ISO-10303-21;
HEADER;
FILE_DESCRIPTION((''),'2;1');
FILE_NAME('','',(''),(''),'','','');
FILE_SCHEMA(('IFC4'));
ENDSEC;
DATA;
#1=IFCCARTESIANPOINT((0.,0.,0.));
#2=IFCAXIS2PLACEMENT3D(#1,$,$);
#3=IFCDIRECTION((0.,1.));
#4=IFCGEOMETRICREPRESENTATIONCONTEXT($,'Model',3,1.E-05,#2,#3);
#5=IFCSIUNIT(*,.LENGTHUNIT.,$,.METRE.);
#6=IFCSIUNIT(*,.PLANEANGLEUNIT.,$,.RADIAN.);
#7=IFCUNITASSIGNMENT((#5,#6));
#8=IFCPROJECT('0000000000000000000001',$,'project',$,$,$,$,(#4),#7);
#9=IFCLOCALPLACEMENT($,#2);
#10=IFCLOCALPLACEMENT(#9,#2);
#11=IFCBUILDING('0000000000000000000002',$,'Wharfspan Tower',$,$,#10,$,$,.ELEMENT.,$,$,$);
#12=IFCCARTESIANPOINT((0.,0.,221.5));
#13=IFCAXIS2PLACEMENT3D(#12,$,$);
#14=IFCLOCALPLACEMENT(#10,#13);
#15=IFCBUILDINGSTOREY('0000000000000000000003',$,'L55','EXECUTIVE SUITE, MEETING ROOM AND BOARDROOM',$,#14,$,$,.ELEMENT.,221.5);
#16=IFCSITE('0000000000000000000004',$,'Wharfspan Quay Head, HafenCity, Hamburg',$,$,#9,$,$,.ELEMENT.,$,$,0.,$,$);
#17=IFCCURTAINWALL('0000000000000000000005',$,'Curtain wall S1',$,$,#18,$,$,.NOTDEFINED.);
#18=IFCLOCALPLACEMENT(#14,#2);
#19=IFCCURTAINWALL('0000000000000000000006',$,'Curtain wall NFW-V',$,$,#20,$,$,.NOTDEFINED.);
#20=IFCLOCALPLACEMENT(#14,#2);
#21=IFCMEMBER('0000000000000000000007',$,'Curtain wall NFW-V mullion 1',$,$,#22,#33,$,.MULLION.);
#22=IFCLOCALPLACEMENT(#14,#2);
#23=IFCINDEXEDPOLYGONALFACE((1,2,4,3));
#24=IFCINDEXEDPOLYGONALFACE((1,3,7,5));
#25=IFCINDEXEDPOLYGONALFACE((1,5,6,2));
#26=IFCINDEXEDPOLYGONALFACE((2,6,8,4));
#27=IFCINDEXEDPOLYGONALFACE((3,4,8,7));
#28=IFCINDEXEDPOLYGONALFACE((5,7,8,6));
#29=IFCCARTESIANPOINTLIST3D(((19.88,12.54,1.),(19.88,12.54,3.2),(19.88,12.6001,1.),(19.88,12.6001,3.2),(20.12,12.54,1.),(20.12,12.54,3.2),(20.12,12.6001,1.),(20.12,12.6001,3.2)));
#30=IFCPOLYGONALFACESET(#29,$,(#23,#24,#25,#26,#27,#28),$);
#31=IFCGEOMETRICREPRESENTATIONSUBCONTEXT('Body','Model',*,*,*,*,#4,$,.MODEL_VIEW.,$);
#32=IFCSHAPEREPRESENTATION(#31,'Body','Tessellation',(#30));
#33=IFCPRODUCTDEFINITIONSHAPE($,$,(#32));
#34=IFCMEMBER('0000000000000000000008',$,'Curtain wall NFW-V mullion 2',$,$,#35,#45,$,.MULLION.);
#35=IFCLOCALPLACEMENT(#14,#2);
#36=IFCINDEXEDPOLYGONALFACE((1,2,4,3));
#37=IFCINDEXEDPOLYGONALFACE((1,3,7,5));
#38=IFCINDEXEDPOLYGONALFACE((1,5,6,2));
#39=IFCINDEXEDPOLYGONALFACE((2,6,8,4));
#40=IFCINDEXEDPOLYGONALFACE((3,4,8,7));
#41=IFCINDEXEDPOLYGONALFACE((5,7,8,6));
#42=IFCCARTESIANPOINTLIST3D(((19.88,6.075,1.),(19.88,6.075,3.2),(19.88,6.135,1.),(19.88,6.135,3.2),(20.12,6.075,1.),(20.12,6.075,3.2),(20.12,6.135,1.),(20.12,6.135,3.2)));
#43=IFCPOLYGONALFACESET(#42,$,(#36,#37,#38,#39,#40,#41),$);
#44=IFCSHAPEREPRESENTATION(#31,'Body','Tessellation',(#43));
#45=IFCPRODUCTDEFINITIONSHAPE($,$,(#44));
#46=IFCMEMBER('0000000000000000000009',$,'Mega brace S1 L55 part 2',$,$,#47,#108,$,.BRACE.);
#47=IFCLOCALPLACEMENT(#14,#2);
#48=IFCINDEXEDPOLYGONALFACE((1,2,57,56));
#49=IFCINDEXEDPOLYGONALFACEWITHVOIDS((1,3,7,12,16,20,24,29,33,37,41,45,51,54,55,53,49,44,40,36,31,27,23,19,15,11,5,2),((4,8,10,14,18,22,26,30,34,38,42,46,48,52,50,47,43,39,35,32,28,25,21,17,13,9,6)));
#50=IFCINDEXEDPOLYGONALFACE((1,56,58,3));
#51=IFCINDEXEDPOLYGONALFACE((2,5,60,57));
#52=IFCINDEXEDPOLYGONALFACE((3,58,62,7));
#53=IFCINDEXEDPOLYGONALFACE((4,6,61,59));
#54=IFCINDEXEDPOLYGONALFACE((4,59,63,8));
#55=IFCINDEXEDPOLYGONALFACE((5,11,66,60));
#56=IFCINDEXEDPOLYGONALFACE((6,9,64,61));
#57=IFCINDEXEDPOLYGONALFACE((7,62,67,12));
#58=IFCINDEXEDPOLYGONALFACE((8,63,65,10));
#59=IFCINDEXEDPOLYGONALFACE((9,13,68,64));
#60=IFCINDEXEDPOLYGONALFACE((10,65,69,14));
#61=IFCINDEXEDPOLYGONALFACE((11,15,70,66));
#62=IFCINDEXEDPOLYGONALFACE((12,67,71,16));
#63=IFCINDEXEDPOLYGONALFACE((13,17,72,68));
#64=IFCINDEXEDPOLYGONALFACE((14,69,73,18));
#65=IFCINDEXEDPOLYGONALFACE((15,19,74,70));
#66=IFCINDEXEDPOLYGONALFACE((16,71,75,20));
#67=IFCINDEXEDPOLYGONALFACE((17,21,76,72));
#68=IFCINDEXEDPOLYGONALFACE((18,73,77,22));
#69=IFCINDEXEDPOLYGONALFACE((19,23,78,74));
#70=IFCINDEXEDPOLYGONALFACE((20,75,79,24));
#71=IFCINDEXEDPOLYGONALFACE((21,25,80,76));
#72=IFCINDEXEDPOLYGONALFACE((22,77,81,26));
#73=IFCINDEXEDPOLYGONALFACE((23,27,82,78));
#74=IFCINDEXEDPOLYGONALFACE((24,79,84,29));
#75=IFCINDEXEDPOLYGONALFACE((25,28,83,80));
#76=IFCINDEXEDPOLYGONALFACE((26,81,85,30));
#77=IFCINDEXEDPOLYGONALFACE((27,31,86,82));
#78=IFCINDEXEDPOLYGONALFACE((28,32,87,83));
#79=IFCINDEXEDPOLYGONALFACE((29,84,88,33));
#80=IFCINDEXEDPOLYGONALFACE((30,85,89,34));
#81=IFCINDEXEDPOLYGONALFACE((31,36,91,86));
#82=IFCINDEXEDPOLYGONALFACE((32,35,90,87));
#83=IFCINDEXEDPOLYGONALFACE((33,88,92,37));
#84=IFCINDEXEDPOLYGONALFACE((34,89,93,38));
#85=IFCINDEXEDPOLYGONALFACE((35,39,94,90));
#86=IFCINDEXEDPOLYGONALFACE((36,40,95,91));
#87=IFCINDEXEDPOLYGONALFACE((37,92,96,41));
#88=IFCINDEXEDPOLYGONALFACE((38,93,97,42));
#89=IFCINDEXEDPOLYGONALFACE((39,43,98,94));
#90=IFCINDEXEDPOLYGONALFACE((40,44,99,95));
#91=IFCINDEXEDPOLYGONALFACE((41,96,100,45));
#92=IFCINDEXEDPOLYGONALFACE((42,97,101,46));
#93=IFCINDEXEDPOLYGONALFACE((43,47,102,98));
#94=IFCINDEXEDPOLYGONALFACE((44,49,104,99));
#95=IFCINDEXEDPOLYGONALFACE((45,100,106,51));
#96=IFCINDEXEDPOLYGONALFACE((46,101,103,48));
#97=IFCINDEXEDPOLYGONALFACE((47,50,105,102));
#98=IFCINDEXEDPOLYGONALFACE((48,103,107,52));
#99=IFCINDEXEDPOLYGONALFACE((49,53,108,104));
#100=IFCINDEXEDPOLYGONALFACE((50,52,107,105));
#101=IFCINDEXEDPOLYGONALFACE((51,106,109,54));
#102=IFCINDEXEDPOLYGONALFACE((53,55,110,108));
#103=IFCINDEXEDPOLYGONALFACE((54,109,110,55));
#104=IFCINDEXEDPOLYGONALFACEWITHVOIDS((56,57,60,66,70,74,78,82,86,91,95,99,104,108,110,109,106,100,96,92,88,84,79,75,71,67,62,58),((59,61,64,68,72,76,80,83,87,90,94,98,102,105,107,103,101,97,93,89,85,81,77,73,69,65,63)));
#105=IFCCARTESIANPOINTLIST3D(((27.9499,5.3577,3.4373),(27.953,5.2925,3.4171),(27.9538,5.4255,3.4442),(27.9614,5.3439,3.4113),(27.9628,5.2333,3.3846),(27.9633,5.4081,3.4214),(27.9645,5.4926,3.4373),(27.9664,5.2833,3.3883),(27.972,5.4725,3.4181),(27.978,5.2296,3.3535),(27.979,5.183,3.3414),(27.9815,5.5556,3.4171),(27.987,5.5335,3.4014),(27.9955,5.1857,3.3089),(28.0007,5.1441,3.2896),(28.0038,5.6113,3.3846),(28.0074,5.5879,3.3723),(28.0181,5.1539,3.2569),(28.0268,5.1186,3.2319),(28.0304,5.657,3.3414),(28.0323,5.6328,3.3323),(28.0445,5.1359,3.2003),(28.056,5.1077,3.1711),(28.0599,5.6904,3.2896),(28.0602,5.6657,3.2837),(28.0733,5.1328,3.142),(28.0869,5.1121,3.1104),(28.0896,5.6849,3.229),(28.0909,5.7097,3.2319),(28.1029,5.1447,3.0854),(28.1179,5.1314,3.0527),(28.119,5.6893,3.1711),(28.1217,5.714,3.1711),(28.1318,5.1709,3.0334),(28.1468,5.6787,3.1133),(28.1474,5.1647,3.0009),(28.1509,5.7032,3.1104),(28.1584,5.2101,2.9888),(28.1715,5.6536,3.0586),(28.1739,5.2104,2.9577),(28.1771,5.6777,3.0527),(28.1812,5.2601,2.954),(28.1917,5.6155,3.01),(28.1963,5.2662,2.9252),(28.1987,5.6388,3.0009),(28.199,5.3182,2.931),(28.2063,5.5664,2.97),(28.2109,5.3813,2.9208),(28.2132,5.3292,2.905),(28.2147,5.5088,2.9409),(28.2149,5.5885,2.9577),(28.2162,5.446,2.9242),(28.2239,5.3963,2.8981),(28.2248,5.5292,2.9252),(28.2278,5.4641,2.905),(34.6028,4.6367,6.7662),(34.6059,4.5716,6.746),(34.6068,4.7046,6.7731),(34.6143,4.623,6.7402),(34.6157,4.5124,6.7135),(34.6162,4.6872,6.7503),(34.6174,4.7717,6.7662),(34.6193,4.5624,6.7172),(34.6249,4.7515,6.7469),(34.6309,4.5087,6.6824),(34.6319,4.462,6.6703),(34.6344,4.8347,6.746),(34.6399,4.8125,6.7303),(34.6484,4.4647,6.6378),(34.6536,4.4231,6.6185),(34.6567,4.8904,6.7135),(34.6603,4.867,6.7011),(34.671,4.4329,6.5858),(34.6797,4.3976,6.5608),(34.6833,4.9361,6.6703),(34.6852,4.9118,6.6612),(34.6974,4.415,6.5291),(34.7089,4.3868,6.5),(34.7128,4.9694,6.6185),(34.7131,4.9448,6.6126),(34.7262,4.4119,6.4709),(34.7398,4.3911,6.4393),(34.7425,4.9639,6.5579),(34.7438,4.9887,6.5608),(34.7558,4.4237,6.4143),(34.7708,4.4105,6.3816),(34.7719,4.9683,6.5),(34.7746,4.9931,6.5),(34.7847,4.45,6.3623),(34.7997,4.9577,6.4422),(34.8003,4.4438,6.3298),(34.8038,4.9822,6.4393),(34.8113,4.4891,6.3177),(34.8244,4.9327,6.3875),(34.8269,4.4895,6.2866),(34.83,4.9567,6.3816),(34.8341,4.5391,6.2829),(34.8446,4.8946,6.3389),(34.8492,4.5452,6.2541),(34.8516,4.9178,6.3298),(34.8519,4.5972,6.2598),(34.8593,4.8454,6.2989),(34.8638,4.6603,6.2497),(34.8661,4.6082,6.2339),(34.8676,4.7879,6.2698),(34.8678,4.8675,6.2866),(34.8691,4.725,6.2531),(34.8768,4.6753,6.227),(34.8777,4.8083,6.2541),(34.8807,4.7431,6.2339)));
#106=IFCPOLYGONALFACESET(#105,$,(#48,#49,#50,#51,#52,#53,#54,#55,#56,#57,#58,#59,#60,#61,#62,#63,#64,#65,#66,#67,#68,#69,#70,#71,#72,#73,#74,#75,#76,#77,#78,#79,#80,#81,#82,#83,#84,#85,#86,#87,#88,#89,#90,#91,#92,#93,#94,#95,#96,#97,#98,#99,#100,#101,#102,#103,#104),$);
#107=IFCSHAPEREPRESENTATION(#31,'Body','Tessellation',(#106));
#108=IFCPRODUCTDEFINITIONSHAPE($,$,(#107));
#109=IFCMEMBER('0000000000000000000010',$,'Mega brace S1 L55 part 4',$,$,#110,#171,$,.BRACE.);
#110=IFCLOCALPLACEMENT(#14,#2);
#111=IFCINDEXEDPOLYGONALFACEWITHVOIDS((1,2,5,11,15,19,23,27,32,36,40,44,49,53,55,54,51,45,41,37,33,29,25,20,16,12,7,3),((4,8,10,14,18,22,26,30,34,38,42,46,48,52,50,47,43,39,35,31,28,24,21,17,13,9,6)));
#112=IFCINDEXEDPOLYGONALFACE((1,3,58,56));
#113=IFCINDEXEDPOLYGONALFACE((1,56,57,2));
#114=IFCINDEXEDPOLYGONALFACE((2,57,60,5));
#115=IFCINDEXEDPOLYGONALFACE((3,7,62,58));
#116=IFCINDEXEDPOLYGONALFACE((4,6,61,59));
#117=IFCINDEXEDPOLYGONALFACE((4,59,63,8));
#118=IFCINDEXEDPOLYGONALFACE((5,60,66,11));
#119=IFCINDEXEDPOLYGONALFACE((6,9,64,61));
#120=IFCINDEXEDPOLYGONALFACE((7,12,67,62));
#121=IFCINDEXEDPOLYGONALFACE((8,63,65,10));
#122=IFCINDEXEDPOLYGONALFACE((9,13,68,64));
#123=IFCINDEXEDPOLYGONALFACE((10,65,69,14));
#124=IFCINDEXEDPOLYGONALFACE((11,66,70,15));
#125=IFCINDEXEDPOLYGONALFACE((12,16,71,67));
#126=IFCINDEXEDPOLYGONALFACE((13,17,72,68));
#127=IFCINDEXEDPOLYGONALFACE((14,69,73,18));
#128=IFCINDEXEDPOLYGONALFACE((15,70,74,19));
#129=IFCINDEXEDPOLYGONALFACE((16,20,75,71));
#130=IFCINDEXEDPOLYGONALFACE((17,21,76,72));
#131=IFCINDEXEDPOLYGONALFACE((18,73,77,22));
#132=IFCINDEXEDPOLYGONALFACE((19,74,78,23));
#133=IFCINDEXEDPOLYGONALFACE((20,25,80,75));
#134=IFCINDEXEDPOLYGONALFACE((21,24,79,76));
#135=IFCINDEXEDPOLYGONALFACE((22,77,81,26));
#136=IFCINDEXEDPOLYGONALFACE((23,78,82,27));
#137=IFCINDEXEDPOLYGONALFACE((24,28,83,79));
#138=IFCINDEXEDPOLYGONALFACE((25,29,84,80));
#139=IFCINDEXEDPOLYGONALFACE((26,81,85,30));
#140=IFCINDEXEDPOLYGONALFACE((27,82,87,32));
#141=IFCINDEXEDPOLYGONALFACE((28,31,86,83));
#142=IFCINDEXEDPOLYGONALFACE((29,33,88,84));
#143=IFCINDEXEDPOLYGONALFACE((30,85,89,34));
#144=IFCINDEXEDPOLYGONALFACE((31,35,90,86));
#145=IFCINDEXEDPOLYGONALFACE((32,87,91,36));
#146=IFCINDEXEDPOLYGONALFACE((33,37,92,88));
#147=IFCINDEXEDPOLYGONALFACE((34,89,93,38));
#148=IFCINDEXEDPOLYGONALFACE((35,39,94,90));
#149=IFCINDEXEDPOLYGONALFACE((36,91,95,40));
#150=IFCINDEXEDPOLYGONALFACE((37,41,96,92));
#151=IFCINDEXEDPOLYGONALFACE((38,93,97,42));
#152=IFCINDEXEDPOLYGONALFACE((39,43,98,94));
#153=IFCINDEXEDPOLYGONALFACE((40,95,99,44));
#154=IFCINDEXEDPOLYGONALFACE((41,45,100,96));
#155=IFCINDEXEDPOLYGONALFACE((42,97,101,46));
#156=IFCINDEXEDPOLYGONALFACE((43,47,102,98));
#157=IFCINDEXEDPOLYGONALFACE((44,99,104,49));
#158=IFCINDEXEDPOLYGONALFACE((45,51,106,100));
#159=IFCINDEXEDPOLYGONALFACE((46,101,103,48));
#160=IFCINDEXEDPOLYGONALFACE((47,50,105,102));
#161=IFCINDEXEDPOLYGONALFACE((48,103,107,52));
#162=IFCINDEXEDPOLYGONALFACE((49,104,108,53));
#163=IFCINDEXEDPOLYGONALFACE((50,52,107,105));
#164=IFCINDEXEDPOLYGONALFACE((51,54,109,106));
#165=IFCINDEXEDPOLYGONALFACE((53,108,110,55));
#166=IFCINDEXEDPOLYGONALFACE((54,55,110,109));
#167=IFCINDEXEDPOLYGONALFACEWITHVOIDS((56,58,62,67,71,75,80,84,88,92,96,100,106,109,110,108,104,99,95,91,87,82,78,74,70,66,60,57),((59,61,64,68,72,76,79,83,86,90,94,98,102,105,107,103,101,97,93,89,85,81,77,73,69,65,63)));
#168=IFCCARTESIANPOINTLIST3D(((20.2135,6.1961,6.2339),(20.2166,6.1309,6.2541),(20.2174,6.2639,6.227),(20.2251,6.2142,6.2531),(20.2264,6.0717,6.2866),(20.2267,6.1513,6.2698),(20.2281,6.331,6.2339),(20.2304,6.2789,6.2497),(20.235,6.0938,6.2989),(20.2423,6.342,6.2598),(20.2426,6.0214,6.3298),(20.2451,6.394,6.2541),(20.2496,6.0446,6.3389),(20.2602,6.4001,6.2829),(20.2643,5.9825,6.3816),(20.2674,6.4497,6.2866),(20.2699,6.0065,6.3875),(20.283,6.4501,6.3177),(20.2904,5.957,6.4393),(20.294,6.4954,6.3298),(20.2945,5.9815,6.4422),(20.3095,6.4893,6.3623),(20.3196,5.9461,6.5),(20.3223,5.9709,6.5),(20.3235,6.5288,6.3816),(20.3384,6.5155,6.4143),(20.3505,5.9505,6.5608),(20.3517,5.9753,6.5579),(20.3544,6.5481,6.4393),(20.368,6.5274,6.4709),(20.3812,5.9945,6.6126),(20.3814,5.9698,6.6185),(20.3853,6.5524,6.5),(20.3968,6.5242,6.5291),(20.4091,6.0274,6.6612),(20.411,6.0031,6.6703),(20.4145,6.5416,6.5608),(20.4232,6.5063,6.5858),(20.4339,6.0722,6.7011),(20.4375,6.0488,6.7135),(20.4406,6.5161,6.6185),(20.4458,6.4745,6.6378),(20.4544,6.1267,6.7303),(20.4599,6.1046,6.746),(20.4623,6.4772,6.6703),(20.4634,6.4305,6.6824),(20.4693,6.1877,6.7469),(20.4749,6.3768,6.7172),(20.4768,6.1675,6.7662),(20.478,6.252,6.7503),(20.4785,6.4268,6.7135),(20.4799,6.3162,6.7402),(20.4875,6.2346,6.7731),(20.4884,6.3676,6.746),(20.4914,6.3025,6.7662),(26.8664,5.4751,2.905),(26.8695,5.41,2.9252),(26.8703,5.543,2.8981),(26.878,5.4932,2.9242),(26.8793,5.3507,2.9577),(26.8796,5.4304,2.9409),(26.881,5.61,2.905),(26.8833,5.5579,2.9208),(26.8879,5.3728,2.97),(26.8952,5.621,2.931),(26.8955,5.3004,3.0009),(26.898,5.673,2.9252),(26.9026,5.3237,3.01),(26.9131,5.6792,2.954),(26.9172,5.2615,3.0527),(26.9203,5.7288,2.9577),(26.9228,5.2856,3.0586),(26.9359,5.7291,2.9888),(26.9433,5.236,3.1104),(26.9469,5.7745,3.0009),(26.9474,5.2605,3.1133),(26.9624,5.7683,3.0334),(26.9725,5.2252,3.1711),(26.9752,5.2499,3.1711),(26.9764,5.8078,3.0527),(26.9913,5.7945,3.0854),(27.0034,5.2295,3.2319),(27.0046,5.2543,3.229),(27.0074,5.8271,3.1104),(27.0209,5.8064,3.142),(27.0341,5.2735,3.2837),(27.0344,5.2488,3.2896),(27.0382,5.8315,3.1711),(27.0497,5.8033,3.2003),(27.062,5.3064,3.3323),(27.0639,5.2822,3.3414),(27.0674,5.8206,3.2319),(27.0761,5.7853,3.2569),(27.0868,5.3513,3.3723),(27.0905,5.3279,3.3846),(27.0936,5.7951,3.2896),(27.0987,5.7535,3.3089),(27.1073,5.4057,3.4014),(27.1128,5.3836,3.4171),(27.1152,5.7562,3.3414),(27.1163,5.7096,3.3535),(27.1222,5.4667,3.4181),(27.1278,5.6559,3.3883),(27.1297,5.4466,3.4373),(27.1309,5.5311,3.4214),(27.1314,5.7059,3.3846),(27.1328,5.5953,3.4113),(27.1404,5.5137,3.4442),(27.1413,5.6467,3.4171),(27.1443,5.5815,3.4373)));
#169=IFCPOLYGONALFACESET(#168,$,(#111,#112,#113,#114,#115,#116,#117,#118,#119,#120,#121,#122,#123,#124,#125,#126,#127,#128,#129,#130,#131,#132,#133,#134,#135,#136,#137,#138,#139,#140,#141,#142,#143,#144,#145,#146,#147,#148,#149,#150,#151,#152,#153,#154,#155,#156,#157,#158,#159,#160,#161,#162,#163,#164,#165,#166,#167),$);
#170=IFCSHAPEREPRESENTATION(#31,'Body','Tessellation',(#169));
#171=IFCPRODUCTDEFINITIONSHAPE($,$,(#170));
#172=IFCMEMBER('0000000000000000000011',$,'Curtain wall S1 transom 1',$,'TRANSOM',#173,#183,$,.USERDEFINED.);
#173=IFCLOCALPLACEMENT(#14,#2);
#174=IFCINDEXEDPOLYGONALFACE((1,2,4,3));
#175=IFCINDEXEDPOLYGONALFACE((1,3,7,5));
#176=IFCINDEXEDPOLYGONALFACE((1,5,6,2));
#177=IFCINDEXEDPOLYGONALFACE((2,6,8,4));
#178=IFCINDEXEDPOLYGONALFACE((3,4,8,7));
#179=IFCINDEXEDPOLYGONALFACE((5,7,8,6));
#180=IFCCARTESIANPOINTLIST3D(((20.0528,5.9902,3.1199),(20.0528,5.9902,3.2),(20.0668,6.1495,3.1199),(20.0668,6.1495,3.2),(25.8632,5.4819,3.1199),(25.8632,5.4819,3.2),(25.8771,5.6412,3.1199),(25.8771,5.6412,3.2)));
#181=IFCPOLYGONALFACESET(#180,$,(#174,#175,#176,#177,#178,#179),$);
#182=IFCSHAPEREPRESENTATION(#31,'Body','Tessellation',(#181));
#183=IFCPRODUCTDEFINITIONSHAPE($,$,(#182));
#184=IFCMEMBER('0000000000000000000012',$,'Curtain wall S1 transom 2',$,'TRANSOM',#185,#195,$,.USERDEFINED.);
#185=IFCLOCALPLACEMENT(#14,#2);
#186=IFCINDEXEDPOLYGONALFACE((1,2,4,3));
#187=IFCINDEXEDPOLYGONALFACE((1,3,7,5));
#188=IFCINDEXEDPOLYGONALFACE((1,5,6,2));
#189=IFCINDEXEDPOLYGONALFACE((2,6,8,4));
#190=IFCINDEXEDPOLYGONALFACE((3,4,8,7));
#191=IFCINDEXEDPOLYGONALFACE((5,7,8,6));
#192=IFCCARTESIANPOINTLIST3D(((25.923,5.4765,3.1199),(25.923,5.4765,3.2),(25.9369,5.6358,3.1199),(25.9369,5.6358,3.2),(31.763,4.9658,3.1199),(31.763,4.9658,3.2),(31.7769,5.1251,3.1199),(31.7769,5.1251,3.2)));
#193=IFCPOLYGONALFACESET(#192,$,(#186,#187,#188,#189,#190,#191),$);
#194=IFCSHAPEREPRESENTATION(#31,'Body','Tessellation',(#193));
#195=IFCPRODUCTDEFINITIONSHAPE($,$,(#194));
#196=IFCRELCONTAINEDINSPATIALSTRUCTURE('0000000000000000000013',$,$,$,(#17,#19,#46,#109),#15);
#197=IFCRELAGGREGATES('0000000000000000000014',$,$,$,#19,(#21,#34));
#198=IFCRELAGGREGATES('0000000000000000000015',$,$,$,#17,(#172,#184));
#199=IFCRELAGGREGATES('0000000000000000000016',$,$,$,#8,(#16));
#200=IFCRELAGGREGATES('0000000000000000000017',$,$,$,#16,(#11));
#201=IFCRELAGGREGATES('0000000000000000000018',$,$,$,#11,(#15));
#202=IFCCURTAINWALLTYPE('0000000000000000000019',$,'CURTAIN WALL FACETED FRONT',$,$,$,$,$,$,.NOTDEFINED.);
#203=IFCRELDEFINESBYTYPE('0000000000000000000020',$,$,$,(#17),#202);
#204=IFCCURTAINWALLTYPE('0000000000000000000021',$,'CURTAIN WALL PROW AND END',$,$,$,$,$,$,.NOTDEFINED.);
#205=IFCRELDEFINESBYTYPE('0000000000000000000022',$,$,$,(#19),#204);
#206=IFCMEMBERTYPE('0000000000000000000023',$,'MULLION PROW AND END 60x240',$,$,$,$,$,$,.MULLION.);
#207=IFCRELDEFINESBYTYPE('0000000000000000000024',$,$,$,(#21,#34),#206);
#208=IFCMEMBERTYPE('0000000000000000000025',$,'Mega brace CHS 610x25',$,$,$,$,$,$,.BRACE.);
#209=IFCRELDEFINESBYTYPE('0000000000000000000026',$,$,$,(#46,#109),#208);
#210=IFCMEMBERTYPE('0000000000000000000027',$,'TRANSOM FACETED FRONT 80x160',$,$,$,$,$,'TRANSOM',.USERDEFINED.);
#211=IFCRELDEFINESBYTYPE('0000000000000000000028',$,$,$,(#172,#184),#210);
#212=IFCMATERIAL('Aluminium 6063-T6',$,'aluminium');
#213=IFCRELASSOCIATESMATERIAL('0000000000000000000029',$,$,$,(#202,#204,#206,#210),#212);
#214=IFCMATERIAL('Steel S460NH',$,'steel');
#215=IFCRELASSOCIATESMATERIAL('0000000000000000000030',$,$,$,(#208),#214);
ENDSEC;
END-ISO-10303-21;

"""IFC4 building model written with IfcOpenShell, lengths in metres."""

from ifc_helpers import new_model, si_unit, direction, frame, origin, origin_2d, place, context, subcontext, project, spatial, rectangle, hollow_circle, extrude, material, material_profile, profile_set, type_object, element, aggregate, save


model = new_model("IFC4")

# Units and contexts
model_context = context("Model", 3, precision=1e-05, world=origin(), true_north=direction((0.0, 1.0)))
body_context = subcontext(model_context, "Body", "Model", "MODEL_VIEW")
ifc_project = project(units=[si_unit("LENGTHUNIT", "METRE"), si_unit("PLANEANGLEUNIT", "RADIAN")], contexts=[model_context])

# Site, building, storey
site_placement = place(None, origin())
site = spatial("IfcSite", under=ifc_project, at=site_placement, Name="Wharfspan Quay Head, HafenCity, Hamburg", CompositionType="ELEMENT", RefElevation=0.0)
building_placement = place(site_placement, origin())
building = spatial("IfcBuilding", under=site, at=building_placement, Name="Wharfspan Tower", CompositionType="ELEMENT")
storey_placement = place(building_placement, frame((0.0, 0.0, 221.5)))
storey = spatial("IfcBuildingStorey", under=building, at=storey_placement, Name="L55", Description="EXECUTIVE SUITE, MEETING ROOM AND BOARDROOM", CompositionType="ELEMENT", Elevation=221.5)

# Curtain walls, members
ifc_material_1 = material(Name="Aluminium 6063-T6", Category="aluminium")
curtain_wall_type_1 = type_object("IfcCurtainWallType", Name="CURTAIN WALL FACETED FRONT", PredefinedType="NOTDEFINED", material=ifc_material_1)
curtain_wall_1_placement = place(storey_placement, origin())
curtain_wall_1 = element("IfcCurtainWall", 1, at=curtain_wall_1_placement, inside=storey, type_object=curtain_wall_type_1, Name="Curtain wall S1", PredefinedType="NOTDEFINED")
curtain_wall_type_2 = type_object("IfcCurtainWallType", Name="CURTAIN WALL PROW AND END", PredefinedType="NOTDEFINED", material=ifc_material_1)
curtain_wall_2_placement = place(storey_placement, origin())
curtain_wall_2 = element("IfcCurtainWall", 2, at=curtain_wall_2_placement, inside=storey, type_object=curtain_wall_type_2, Name="Curtain wall NFW-V", PredefinedType="NOTDEFINED")
ifc_material_profile_1 = material_profile(ifc_material_1, rectangle(XDim=0.24, YDim=0.0601, at=origin_2d()))
ifc_profile_set_1 = profile_set([ifc_material_profile_1], Name="Aluminium 6063-T6")
member_type_1 = type_object("IfcMemberType", Name="MULLION PROW AND END 60x240", PredefinedType="MULLION", material=ifc_profile_set_1)
member_1_placement = place(storey_placement, frame((20.0, 12.5701, 1.0), z_axis=(0.0, 0.0, 1.0), x_axis=(1.0, 0.0, 0.0)))
member_1 = element("IfcMember", 3, at=member_1_placement, type_object=member_type_1, Name="Curtain wall NFW-V mullion 1", PredefinedType="MULLION", context=body_context, shape_type="SweptSolid", body=[
    extrude(rectangle(XDim=0.24, YDim=0.0601, at=origin_2d()), origin(), (0.0, 0.0, 1.0), 2.2),
])
member_2_placement = place(storey_placement, frame((20.0, 6.105, 1.0), z_axis=(0.0, 0.0, 1.0), x_axis=(1.0, 0.0, 0.0)))
member_2 = element("IfcMember", 4, at=member_2_placement, type_object=member_type_1, Name="Curtain wall NFW-V mullion 2", PredefinedType="MULLION", context=body_context, shape_type="SweptSolid", body=[
    extrude(rectangle(XDim=0.24, YDim=0.0601, at=origin_2d()), origin(), (0.0, 0.0, 1.0), 2.2),
])

# Members
ifc_material_2 = material(Name="Steel S460NH", Category="steel")
ifc_material_profile_2 = material_profile(ifc_material_2, hollow_circle(Radius=0.3049, WallThickness=0.0249, at=origin_2d()))
ifc_profile_set_2 = profile_set([ifc_material_profile_2], Name="Steel S460NH")
member_type_2 = type_object("IfcMemberType", Name="Mega brace CHS 610x25", PredefinedType="BRACE", material=ifc_profile_set_2)
for number, where, z_axis, x_axis, name in (
    (5, (28.0889, 5.4109, 3.1711), (0.890126, -0.09646, 0.445389), (0.107737, 0.99418, -0.000002), "Mega brace S1 L55 part 2"),
    (6, (27.0054, 5.5283, 3.1711), (-0.890126, 0.09646, 0.445389), (-0.107737, -0.99418, -0.000002), "Mega brace S1 L55 part 4"),
):
    element("IfcMember", number, at=place(storey_placement, frame(where, z_axis=z_axis, x_axis=x_axis)), inside=storey, type_object=member_type_2, Name=name, PredefinedType="BRACE", context=body_context, shape_type="SweptSolid", body=[
        extrude(hollow_circle(Radius=0.3049, WallThickness=0.0249, at=origin_2d()), origin(), (0.0, 0.0, 1.0), 7.4741),
    ])

# Members
ifc_material_profile_3 = material_profile(ifc_material_1, rectangle(XDim=0.1599, YDim=0.0801, at=origin_2d()))
ifc_profile_set_3 = profile_set([ifc_material_profile_3], Name="Aluminium 6063-T6")
member_type_3 = type_object("IfcMemberType", Name="TRANSOM FACETED FRONT 80x160", ElementType="TRANSOM", PredefinedType="USERDEFINED", material=ifc_profile_set_3)
member_3_placement = place(storey_placement, frame((20.0598, 6.0698, 3.1599), z_axis=(0.996195, -0.08715, 0.0), x_axis=(0.08715, 0.996195, 0.0)))
member_3 = element("IfcMember", 7, at=member_3_placement, type_object=member_type_3, Name="Curtain wall S1 transom 1", ObjectType="TRANSOM", PredefinedType="USERDEFINED", context=body_context, shape_type="SweptSolid", body=[
    extrude(rectangle(XDim=0.1599, YDim=0.0801, at=origin_2d()), origin(), (0.0, 0.0, 1.0), 5.8325),
])
member_4_placement = place(storey_placement, frame((25.9299, 5.5562, 3.1599), z_axis=(0.996198, -0.087122, 0.0), x_axis=(0.087122, 0.996198, 0.0)))
member_4 = element("IfcMember", 8, at=member_4_placement, type_object=member_type_3, Name="Curtain wall S1 transom 2", ObjectType="TRANSOM", PredefinedType="USERDEFINED", context=body_context, shape_type="SweptSolid", body=[
    extrude(rectangle(XDim=0.1599, YDim=0.0801, at=origin_2d()), origin(), (0.0, 0.0, 1.0), 5.8623),
])

aggregate(curtain_wall_2, [member_1, member_2])
aggregate(curtain_wall_1, [member_3, member_4])

save(model, "model.ifc")
